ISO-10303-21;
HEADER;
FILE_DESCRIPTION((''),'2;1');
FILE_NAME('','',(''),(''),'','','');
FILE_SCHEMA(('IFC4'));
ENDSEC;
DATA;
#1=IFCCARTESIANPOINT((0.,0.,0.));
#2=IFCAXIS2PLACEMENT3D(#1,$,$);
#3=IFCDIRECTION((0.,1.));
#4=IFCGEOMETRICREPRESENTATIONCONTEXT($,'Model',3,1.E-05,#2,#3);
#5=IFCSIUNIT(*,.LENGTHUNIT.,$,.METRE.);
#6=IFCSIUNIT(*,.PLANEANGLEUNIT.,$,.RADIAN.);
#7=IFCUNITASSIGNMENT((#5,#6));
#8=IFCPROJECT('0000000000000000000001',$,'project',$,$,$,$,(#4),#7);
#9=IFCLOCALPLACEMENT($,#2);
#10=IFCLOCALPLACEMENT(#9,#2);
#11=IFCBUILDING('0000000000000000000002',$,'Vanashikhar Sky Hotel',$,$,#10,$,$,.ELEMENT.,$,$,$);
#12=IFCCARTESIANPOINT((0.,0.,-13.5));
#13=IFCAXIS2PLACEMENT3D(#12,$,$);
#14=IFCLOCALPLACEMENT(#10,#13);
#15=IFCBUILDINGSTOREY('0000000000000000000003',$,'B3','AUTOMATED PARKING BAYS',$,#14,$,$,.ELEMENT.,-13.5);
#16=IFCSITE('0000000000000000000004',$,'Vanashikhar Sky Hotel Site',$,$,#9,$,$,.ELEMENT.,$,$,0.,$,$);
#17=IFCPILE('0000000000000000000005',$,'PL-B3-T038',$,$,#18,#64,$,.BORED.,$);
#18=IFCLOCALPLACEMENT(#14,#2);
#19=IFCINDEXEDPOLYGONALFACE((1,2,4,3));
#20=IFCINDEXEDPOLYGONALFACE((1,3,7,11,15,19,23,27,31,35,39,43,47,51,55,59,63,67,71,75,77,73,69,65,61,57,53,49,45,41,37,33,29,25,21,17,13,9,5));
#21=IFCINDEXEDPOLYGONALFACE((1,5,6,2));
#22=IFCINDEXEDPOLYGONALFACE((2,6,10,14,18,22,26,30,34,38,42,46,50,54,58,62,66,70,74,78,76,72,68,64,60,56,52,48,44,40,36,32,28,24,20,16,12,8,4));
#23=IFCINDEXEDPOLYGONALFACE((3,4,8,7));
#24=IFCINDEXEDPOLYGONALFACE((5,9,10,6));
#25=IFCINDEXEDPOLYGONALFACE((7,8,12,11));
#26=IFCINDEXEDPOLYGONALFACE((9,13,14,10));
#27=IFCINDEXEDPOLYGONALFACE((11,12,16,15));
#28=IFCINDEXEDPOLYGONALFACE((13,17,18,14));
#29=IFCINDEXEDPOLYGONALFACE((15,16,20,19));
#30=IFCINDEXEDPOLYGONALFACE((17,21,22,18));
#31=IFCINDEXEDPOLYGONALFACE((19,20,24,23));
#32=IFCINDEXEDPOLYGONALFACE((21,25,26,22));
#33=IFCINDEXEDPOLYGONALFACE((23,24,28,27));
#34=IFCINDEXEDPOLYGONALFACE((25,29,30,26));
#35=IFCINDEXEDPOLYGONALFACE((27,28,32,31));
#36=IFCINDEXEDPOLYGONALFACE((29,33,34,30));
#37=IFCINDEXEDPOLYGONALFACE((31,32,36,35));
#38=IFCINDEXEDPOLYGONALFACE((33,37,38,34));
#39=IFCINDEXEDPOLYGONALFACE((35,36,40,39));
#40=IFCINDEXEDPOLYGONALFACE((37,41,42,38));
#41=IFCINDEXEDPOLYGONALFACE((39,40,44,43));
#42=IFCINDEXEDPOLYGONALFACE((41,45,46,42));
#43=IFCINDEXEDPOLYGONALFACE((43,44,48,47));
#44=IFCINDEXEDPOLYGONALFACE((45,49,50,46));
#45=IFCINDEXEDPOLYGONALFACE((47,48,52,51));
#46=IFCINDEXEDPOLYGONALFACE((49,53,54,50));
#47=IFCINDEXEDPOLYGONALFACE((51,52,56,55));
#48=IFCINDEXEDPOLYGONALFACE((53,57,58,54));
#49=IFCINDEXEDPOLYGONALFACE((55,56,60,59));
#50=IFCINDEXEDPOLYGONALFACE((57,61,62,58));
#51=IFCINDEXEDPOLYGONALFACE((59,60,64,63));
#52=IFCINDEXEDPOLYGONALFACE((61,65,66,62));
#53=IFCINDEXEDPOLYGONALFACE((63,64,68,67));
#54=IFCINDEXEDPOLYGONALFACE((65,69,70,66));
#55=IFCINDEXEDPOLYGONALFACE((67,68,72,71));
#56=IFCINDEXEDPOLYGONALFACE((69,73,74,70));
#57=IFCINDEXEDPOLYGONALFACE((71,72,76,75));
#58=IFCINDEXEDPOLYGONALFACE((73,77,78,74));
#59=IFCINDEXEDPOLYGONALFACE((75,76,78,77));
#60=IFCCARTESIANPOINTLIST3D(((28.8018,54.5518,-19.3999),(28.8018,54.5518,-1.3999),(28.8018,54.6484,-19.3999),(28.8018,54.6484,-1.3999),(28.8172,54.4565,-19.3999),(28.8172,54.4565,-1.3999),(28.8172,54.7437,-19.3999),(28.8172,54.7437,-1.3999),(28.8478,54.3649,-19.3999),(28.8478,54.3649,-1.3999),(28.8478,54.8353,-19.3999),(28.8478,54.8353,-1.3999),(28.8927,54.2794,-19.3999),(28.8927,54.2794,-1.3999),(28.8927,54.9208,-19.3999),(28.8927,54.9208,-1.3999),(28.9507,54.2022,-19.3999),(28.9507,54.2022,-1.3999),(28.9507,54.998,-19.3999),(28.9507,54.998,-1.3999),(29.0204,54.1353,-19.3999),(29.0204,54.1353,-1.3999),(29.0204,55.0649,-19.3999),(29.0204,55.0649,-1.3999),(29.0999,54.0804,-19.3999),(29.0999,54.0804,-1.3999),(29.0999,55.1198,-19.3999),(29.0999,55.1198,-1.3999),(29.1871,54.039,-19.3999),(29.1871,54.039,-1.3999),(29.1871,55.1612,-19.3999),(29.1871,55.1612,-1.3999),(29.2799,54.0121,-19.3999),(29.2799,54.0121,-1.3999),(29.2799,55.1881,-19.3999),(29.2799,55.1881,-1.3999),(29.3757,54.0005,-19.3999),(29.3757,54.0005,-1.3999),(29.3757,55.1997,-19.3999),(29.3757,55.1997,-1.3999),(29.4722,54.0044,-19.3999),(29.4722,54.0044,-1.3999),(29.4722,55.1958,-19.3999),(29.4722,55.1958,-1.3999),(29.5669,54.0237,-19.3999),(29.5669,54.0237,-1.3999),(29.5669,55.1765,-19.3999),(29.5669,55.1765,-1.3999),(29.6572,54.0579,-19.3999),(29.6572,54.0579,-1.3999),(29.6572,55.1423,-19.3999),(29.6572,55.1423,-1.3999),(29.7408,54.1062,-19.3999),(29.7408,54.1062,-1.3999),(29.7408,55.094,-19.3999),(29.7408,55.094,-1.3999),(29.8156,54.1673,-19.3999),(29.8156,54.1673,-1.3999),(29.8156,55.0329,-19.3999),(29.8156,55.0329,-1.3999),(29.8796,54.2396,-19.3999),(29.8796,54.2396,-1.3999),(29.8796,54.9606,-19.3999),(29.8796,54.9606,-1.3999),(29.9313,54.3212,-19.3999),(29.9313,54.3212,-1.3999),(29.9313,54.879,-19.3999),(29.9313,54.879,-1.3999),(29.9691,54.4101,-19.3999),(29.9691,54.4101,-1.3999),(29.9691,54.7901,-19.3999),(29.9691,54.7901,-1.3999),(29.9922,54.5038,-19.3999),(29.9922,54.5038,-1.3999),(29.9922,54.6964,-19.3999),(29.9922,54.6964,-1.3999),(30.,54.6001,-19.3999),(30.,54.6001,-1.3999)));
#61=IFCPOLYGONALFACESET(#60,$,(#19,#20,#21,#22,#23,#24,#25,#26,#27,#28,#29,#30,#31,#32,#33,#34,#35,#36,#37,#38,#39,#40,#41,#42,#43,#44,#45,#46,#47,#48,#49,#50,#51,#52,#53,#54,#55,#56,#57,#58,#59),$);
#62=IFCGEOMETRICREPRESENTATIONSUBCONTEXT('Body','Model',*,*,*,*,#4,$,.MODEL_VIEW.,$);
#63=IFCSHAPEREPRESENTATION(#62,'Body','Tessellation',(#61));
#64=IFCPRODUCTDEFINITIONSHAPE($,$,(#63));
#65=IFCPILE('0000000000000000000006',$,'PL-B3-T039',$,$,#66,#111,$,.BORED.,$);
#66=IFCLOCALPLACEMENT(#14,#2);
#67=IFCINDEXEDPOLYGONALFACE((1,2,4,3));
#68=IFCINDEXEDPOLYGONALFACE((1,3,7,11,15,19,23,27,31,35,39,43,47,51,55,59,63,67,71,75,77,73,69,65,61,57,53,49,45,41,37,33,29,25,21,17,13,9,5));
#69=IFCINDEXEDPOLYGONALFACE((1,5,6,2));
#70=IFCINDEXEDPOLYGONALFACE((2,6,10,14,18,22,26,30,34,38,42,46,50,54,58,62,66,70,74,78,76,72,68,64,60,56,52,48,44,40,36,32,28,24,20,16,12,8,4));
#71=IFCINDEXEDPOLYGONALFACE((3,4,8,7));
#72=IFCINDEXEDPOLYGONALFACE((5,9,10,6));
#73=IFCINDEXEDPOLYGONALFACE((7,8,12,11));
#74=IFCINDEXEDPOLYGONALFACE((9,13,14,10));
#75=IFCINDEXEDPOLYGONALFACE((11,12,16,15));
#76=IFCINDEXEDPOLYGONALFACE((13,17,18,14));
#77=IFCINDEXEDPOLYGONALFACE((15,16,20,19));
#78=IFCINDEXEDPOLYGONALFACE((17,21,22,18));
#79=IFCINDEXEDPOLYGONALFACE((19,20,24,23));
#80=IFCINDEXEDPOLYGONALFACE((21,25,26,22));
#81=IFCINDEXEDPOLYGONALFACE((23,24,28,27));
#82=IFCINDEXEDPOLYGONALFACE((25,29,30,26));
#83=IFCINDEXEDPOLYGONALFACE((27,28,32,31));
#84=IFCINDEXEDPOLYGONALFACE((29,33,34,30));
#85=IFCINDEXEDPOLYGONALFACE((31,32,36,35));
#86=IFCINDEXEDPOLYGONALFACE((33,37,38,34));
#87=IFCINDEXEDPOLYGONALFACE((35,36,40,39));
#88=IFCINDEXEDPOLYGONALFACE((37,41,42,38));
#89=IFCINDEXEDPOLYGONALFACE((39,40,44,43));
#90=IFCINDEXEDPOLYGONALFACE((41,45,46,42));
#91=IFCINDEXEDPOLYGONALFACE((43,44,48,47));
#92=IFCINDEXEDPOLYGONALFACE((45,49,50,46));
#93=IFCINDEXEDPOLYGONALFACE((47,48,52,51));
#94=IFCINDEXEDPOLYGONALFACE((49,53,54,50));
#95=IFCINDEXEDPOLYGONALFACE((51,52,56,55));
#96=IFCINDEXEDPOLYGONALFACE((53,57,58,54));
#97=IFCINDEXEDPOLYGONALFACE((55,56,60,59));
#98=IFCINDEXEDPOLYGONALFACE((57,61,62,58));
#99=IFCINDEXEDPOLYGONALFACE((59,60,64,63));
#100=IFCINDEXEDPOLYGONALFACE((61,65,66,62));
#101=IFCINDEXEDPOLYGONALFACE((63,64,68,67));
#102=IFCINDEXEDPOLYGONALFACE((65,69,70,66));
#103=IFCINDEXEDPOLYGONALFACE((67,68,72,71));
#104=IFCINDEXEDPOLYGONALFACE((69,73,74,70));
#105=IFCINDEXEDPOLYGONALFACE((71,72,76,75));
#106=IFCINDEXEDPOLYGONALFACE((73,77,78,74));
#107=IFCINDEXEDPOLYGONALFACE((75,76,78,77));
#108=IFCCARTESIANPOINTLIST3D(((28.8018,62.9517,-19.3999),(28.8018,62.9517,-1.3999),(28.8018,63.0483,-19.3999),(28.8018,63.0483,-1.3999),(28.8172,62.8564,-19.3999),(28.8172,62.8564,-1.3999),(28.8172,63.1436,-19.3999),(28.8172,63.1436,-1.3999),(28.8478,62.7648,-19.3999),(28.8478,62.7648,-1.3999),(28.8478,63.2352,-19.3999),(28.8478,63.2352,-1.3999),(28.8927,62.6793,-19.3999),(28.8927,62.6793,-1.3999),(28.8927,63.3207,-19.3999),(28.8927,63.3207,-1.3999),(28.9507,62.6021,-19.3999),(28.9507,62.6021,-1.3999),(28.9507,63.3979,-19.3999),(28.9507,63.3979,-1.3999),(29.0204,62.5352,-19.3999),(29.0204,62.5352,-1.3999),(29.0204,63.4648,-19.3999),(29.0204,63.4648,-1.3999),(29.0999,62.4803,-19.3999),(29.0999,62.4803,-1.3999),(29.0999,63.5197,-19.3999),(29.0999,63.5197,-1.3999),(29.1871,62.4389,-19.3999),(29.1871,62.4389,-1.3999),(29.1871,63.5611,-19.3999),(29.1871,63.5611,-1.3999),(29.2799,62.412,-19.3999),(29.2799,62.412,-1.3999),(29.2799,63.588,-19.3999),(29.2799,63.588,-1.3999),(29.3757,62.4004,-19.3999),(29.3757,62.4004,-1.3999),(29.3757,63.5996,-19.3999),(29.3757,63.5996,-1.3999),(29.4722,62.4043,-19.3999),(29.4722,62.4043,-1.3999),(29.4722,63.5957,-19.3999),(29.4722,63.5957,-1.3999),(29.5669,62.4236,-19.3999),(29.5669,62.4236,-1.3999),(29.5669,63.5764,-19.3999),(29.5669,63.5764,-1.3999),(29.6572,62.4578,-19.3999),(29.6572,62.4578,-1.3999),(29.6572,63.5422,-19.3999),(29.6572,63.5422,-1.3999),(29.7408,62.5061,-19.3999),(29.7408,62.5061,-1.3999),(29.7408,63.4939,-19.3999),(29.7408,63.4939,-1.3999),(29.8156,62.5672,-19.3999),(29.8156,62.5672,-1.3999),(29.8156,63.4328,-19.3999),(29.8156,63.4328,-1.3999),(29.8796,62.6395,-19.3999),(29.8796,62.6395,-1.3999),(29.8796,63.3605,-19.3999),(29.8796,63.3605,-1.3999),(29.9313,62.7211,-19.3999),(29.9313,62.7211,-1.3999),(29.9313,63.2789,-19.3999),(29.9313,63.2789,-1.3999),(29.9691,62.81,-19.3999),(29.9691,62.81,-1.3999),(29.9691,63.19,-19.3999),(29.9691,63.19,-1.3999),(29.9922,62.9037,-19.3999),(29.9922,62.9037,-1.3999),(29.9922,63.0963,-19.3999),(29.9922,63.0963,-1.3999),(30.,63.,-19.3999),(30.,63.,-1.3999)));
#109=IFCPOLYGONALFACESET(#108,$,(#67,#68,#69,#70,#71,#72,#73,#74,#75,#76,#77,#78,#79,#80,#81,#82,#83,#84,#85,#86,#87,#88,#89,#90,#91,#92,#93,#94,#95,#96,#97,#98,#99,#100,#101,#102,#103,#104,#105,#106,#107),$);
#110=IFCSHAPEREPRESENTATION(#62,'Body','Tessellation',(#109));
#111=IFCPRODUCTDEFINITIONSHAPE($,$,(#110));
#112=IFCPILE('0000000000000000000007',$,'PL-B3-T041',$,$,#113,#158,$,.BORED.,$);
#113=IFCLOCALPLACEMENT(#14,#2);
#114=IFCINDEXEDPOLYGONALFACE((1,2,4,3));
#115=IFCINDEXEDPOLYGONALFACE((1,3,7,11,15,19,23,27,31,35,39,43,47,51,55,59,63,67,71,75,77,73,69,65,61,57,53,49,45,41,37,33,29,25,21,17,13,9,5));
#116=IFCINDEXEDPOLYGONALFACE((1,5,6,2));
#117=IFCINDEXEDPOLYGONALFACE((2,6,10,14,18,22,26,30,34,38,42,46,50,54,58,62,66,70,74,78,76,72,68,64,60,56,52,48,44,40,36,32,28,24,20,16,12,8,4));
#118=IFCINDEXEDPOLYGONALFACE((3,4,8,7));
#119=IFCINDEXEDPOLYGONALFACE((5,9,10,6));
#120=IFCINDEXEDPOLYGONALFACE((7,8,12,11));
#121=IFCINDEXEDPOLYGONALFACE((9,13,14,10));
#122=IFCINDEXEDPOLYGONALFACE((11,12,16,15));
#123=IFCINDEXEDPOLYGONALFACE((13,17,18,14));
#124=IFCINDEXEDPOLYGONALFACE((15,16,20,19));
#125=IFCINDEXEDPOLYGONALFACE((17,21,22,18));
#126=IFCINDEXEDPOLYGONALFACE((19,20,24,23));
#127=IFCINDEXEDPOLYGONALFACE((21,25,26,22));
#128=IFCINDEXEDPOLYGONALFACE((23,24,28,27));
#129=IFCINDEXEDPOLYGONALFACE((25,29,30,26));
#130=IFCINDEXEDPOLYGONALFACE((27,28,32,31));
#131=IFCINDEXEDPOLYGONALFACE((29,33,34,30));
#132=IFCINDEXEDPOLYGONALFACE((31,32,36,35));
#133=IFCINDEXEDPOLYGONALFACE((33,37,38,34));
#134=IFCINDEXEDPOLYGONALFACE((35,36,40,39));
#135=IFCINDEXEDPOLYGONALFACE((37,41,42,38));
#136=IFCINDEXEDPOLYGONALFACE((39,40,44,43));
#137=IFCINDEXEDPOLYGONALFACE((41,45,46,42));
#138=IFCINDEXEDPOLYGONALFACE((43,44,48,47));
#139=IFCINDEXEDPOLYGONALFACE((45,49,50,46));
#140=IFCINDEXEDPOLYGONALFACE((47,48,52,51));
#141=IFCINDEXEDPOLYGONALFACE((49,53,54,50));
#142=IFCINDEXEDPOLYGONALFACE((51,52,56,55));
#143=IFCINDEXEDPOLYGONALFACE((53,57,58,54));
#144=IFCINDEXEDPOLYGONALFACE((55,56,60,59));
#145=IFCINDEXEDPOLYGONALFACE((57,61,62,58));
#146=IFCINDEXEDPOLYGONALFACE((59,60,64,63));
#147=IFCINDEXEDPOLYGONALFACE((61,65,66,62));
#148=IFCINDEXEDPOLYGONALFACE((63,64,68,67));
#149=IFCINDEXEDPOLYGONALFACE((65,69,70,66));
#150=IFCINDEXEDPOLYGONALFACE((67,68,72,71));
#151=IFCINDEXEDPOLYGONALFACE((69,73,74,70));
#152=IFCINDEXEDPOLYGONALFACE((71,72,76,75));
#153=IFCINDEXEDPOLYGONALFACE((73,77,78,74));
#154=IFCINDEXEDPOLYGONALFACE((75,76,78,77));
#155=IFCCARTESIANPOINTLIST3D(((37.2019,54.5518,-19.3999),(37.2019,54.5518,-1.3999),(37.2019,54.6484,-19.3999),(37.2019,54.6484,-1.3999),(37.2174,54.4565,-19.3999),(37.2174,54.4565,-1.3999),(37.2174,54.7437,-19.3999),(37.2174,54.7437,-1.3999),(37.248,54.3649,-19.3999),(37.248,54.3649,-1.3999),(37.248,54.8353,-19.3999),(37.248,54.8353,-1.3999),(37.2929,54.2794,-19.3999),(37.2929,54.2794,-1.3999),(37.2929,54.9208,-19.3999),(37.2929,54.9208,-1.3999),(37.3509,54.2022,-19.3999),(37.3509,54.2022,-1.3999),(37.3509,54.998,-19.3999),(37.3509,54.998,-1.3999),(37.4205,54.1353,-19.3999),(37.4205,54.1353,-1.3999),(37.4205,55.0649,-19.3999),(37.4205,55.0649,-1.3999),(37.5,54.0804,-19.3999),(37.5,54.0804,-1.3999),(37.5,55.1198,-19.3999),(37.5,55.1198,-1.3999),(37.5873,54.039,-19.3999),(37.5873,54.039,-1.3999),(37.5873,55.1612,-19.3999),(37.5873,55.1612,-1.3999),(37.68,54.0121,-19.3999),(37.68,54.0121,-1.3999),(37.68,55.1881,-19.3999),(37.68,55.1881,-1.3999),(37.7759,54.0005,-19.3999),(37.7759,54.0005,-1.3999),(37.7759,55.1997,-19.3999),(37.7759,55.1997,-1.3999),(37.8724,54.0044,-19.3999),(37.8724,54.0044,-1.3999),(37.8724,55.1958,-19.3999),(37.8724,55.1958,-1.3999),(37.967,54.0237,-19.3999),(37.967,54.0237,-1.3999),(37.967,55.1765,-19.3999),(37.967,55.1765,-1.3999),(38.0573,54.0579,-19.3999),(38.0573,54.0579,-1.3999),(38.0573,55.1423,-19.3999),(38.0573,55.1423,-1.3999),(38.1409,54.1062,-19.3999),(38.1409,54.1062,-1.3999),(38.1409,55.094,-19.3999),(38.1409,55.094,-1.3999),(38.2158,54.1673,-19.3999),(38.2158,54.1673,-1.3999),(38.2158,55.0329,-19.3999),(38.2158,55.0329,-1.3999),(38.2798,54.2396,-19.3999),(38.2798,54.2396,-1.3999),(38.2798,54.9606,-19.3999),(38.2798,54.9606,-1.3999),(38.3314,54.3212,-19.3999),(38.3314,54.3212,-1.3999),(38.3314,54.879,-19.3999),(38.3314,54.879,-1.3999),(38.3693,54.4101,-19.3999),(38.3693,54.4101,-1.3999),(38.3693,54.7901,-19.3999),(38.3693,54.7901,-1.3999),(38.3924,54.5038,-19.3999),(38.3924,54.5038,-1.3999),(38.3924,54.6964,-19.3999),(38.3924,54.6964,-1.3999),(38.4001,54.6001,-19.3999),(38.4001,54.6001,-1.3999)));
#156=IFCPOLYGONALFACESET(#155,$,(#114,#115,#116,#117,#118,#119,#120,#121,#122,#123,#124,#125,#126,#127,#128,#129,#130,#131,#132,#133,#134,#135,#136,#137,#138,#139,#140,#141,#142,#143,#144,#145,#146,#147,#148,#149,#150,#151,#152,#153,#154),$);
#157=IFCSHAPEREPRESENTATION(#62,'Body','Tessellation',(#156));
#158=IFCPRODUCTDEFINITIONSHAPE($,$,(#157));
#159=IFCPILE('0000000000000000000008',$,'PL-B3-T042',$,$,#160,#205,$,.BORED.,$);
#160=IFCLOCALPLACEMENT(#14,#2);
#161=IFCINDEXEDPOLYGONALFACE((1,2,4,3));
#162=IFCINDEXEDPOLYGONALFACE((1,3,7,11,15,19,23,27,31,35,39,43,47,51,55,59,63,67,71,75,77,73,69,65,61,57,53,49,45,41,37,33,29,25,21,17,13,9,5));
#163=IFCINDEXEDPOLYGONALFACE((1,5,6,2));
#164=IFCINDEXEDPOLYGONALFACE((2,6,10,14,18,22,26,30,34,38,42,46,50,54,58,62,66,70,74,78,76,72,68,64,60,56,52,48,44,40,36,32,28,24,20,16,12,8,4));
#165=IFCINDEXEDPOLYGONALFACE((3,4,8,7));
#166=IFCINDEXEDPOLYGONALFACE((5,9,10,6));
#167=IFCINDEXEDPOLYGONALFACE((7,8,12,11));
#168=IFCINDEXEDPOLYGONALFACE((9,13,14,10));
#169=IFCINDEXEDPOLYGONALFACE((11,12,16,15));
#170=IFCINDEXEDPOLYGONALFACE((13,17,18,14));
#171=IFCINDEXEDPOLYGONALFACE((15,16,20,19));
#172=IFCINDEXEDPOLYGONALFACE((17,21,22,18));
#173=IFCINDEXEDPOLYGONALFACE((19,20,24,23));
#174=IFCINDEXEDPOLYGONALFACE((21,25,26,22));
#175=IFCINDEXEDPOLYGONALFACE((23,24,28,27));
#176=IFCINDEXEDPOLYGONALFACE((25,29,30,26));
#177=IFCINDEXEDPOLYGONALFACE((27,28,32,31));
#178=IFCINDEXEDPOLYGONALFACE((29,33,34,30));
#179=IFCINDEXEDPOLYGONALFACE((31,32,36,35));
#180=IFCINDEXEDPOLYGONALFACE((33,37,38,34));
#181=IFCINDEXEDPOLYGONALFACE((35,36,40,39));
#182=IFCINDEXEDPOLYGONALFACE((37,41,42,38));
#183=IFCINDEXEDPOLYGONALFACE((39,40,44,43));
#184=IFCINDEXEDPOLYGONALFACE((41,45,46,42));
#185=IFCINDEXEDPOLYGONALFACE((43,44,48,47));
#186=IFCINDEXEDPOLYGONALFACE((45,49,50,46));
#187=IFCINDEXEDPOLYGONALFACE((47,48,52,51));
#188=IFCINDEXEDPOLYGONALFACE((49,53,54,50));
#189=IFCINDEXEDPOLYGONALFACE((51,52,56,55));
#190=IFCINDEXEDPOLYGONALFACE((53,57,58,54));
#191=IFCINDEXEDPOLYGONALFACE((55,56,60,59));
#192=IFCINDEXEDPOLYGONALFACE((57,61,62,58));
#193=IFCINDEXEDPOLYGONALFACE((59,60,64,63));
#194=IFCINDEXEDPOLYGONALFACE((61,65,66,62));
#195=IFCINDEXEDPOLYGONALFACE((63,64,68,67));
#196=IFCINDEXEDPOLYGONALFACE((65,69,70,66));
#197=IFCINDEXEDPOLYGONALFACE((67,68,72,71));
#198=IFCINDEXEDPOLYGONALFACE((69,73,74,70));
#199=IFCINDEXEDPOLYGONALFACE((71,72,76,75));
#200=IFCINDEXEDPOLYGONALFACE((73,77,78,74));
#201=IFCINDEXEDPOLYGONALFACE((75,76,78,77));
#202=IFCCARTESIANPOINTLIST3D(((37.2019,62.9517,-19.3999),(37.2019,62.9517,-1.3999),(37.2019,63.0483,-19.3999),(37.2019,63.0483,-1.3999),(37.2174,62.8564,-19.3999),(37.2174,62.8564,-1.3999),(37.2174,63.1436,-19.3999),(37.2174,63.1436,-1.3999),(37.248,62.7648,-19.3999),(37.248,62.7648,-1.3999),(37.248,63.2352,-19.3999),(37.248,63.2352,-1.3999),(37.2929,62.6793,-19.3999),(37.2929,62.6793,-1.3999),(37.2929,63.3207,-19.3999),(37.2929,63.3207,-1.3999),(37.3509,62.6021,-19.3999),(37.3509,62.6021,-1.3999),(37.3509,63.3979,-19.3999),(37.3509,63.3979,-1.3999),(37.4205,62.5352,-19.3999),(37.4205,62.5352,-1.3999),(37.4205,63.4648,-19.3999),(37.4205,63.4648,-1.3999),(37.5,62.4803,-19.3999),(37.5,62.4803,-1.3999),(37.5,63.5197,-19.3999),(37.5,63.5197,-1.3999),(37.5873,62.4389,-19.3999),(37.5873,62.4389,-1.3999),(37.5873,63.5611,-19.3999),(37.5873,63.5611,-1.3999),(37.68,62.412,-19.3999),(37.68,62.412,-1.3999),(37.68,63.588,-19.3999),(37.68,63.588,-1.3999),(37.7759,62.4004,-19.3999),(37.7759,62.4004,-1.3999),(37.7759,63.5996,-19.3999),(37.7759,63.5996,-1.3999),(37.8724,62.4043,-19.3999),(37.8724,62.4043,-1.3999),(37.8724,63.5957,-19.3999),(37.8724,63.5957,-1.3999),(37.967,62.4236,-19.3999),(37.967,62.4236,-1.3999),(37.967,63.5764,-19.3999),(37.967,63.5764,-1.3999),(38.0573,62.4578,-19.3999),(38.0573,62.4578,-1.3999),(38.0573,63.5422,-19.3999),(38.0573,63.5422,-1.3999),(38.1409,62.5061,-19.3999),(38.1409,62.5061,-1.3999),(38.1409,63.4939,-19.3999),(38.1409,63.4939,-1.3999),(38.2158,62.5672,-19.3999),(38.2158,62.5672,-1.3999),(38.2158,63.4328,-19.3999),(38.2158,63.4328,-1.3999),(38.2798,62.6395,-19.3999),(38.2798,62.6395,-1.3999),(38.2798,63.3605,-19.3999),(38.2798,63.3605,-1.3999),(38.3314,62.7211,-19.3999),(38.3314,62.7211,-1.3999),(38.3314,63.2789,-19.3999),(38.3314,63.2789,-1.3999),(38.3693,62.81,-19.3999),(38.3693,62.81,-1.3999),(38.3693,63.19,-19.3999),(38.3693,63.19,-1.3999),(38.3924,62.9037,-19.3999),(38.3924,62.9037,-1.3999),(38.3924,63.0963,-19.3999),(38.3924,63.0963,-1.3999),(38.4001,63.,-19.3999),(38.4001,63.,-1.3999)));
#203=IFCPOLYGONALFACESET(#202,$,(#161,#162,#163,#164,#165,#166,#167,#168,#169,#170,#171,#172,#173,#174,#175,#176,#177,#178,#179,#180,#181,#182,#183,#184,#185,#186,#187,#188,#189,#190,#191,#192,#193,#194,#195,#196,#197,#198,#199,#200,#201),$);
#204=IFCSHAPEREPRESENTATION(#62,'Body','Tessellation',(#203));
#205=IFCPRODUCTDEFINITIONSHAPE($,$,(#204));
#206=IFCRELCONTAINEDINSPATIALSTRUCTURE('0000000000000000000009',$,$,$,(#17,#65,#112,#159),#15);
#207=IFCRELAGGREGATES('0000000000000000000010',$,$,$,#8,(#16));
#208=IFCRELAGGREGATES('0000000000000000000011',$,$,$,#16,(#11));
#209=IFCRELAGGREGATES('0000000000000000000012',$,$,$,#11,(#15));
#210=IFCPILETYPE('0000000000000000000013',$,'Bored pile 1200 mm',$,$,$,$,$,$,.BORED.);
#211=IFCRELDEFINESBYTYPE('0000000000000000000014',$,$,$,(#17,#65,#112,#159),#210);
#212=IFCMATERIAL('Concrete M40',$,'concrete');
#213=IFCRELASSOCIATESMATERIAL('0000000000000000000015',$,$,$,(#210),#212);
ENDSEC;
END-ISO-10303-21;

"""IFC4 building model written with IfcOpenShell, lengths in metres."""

from ifc_helpers import new_model, si_unit, direction, frame, origin, origin_2d, place, context, subcontext, project, spatial, circle, extrude, source, transform, mapped, material, type_object, element, save


model = new_model("IFC4")

# Units and contexts
model_context = context("Model", 3, precision=1e-05, world=origin(), true_north=direction((0.0, 1.0)))
body_context = subcontext(model_context, "Body", "Model", "MODEL_VIEW")
ifc_project = project(units=[si_unit("LENGTHUNIT", "METRE"), si_unit("PLANEANGLEUNIT", "RADIAN")], contexts=[model_context])

# Site, building, storey
site_placement = place(None, origin())
site = spatial("IfcSite", under=ifc_project, at=site_placement, Name="Vanashikhar Sky Hotel Site", CompositionType="ELEMENT", RefElevation=0.0)
building_placement = place(site_placement, origin())
building = spatial("IfcBuilding", under=site, at=building_placement, Name="Vanashikhar Sky Hotel", CompositionType="ELEMENT")
storey_placement = place(building_placement, frame((0.0, 0.0, -13.5)))
storey = spatial("IfcBuildingStorey", under=building, at=storey_placement, Name="B3", Description="AUTOMATED PARKING BAYS", CompositionType="ELEMENT", Elevation=-13.5)

# Piles
ifc_material_1 = material(Name="Concrete M40", Category="concrete")
pile_type_1 = type_object("IfcPileType", Name="Bored pile 1200 mm", PredefinedType="BORED", material=ifc_material_1)
shared_shape_1 = source(origin(), body_context, "Body", "SweptSolid", [
    extrude(circle(Radius=0.6001, at=origin_2d()), origin(), (0.0, 0.0, 1.0), 18.0),
])
for number, where, z_axis, x_axis, name in (
    (1, (29.3999, 54.6001, -1.3999), (0.0, 0.0, -1.0), (1.0, 0.0, 0.0), "PL-B3-T038"),
    (2, (29.3999, 63.0, -1.3999), (0.0, 0.0, -1.0), (1.0, 0.0, 0.0), "PL-B3-T039"),
    (3, (37.8, 54.6001, -1.3999), (0.0, 0.0, -1.0), (1.0, 0.0, 0.0), "PL-B3-T041"),
    (4, (37.8, 63.0, -1.3999), (0.0, 0.0, -1.0), (1.0, 0.0, 0.0), "PL-B3-T042"),
):
    element("IfcPile", number, at=place(storey_placement, frame(where, z_axis=z_axis, x_axis=x_axis)), inside=storey, type_object=pile_type_1, Name=name, PredefinedType="BORED", context=body_context, shape_type="MappedRepresentation", body=[
        mapped(shared_shape_1, transform((0.0, 0.0, 0.0), scale=1.0)),
    ])

save(model, "model.ifc")
